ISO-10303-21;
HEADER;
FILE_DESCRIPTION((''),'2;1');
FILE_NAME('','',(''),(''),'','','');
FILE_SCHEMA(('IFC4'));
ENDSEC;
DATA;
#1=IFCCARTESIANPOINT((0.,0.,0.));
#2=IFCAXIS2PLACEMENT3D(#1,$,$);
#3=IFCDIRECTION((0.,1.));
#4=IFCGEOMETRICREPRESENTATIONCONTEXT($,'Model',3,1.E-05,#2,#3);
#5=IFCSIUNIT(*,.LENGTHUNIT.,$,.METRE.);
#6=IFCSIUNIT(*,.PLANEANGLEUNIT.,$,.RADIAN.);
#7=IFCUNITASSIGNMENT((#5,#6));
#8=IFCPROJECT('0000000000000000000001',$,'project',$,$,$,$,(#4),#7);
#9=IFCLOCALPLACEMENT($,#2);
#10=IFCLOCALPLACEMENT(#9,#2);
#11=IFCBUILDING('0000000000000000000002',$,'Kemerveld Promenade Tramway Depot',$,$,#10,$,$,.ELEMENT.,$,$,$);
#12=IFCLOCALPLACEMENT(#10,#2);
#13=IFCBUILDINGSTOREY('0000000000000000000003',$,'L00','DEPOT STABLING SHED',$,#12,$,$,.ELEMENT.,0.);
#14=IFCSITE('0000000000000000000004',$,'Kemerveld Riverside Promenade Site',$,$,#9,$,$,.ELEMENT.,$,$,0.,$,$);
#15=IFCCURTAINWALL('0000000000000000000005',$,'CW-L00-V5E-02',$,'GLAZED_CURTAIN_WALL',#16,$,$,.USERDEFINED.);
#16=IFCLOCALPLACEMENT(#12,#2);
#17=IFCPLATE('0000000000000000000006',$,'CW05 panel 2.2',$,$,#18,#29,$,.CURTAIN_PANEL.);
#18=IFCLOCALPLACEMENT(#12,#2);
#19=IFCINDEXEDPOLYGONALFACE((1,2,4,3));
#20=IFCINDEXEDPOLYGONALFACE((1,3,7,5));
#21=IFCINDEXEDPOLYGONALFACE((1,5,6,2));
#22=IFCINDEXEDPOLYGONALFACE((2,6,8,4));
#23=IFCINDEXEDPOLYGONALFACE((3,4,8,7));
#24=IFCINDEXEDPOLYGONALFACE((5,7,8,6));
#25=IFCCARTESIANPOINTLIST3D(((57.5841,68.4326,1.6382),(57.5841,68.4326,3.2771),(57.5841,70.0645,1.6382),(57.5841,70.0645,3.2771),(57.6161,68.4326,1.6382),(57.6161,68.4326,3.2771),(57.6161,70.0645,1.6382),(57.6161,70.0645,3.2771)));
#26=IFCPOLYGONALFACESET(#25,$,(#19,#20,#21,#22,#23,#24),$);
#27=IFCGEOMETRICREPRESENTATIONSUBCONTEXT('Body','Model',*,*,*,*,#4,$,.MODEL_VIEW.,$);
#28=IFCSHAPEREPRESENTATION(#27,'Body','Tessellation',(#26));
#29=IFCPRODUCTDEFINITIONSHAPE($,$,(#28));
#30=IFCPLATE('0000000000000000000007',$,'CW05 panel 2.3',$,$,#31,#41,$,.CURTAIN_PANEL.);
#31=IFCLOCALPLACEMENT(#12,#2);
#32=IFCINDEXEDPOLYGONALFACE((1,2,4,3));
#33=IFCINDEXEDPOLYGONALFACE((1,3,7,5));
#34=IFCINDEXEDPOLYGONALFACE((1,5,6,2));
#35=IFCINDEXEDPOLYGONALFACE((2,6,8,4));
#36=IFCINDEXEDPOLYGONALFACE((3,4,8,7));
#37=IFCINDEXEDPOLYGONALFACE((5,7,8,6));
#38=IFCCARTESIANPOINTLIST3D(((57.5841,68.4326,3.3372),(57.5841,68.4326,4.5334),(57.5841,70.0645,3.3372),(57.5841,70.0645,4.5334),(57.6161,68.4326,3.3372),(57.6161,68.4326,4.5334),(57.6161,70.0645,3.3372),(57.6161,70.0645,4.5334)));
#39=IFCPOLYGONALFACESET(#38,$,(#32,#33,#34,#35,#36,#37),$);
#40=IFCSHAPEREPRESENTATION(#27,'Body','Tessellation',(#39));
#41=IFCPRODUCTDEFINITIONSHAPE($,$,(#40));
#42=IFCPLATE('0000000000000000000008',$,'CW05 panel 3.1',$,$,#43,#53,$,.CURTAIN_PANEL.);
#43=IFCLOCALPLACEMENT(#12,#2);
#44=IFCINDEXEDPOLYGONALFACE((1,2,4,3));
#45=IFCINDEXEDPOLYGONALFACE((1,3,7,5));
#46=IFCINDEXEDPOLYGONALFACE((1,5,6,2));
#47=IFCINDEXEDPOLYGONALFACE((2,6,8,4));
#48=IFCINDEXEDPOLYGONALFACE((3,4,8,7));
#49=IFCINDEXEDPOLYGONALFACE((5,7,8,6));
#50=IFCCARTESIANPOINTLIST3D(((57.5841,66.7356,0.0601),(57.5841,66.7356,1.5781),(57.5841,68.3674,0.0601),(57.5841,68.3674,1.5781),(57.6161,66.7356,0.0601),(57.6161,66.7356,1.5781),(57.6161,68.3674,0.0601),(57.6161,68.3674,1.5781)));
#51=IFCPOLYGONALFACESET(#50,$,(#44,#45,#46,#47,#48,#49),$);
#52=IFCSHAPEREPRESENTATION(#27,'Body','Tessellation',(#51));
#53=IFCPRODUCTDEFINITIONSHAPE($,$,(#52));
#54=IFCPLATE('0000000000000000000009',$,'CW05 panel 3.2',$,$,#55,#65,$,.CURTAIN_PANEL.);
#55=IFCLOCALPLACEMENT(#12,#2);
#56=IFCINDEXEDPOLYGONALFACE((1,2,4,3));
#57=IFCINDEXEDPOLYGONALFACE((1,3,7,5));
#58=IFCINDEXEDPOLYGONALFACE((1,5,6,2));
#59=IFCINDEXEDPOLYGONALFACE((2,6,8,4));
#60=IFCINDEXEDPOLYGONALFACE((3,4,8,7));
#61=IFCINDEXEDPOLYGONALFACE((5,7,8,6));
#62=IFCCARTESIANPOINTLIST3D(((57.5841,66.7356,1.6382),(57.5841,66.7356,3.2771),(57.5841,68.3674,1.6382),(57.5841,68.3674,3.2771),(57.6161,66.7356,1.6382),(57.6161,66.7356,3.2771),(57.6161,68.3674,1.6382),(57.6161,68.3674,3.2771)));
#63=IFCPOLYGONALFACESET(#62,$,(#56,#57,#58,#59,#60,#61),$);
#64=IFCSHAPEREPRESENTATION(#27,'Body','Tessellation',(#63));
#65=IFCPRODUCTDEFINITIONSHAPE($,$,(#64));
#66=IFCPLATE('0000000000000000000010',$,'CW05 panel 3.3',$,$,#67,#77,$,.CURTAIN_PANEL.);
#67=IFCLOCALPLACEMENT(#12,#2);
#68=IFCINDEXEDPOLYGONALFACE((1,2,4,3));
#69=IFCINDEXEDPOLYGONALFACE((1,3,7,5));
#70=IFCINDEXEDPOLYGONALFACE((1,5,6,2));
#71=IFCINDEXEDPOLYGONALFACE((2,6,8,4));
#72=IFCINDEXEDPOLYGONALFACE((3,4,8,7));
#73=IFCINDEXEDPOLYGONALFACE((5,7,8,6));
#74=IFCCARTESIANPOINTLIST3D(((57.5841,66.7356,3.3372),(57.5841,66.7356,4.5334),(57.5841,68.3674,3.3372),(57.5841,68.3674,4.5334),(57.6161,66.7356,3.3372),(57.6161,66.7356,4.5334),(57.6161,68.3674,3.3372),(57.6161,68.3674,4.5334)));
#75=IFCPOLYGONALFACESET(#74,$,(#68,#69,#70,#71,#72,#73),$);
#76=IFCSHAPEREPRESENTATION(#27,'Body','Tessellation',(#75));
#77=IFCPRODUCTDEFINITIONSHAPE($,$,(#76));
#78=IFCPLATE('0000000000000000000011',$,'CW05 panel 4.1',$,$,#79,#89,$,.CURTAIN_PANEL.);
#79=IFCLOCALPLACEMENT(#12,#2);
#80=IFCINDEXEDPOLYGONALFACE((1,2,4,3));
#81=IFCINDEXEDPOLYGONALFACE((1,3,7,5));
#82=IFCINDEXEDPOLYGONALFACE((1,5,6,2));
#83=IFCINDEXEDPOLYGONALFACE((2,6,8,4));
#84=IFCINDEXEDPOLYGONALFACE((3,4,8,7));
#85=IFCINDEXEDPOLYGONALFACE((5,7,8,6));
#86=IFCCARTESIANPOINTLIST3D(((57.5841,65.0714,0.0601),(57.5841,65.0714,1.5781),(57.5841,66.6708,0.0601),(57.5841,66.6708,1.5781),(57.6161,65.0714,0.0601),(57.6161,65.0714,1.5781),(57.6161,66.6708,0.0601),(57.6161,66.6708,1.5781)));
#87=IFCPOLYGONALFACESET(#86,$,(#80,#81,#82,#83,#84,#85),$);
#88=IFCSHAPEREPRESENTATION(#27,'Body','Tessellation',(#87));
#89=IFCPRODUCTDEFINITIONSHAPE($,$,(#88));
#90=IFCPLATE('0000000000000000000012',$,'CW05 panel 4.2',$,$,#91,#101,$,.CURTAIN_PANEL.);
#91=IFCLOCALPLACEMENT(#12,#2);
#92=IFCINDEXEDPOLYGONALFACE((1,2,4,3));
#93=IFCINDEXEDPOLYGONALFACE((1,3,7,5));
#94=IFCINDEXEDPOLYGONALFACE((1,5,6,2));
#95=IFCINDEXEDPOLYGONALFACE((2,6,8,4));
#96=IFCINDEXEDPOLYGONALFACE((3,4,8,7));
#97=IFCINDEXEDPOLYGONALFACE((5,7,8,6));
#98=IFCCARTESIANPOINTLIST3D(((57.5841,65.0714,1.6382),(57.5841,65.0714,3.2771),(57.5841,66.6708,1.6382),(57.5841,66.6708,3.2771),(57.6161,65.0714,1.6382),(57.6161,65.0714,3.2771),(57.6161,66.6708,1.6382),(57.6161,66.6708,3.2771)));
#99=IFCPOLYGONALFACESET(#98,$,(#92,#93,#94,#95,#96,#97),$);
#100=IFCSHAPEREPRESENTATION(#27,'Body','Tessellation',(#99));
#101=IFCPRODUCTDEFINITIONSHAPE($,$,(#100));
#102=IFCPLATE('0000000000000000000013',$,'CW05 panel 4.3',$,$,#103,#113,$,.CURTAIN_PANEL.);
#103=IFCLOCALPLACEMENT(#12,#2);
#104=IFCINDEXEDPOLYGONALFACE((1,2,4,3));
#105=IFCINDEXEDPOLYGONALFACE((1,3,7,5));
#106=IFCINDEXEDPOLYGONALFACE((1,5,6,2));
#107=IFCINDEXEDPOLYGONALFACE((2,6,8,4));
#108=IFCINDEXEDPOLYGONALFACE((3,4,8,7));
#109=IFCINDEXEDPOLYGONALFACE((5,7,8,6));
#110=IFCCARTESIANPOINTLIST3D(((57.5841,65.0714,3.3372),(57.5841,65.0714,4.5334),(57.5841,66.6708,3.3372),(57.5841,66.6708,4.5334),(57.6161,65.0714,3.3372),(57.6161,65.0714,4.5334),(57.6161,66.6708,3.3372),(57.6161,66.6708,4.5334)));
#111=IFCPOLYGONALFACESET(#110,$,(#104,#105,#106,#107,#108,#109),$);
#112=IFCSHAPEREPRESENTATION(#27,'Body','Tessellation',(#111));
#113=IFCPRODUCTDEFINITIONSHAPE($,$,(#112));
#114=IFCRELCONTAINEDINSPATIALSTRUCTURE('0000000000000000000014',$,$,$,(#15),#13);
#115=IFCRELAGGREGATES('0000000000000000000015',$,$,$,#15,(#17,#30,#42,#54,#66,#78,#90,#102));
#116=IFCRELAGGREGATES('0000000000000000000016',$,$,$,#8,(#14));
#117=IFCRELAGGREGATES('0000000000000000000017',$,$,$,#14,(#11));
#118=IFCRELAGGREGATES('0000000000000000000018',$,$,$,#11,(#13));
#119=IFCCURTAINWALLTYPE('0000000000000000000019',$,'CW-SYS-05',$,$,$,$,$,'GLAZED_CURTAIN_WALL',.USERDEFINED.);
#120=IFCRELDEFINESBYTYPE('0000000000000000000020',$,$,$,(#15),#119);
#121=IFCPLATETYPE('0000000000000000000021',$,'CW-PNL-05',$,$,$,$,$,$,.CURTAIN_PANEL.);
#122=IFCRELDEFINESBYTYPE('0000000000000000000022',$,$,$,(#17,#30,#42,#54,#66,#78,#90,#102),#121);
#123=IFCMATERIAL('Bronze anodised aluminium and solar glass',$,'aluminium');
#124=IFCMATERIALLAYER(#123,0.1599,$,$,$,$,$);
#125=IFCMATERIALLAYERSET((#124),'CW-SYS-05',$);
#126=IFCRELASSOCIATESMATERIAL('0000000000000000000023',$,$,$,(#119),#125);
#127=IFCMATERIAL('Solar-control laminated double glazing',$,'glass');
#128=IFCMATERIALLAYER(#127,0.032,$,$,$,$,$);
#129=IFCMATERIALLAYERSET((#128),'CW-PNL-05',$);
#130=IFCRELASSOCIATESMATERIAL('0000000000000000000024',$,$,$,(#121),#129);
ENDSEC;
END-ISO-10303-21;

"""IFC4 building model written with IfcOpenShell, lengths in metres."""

from ifc_helpers import new_model, si_unit, direction, frame, origin, origin_2d, place, context, subcontext, project, spatial, rectangle, extrude, material, layer, layer_set, type_object, element, aggregate, save


model = new_model("IFC4")

# Units and contexts
model_context = context("Model", 3, precision=1e-05, world=origin(), true_north=direction((0.0, 1.0)))
body_context = subcontext(model_context, "Body", "Model", "MODEL_VIEW")
ifc_project = project(units=[si_unit("LENGTHUNIT", "METRE"), si_unit("PLANEANGLEUNIT", "RADIAN")], contexts=[model_context])

# Site, building, storey
site_placement = place(None, origin())
site = spatial("IfcSite", under=ifc_project, at=site_placement, Name="Kemerveld Riverside Promenade Site", CompositionType="ELEMENT", RefElevation=0.0)
building_placement = place(site_placement, origin())
building = spatial("IfcBuilding", under=site, at=building_placement, Name="Kemerveld Promenade Tramway Depot", CompositionType="ELEMENT")
storey_placement = place(building_placement, origin())
storey = spatial("IfcBuildingStorey", under=building, at=storey_placement, Name="L00", Description="DEPOT STABLING SHED", CompositionType="ELEMENT", Elevation=0.0)

# Curtain wall, plates
ifc_material_1 = material(Name="Bronze anodised aluminium and solar glass", Category="aluminium")
ifc_layer_1 = layer(ifc_material_1, 0.1599)
ifc_layer_set_1 = layer_set([ifc_layer_1], Name="CW-SYS-05")
curtain_wall_type = type_object("IfcCurtainWallType", Name="CW-SYS-05", ElementType="GLAZED_CURTAIN_WALL", PredefinedType="USERDEFINED", material=ifc_layer_set_1)
curtain_wall_placement = place(storey_placement, origin())
curtain_wall = element("IfcCurtainWall", 1, at=curtain_wall_placement, inside=storey, type_object=curtain_wall_type, Name="CW-L00-V5E-02", ObjectType="GLAZED_CURTAIN_WALL", PredefinedType="USERDEFINED")
ifc_material_2 = material(Name="Solar-control laminated double glazing", Category="glass")
ifc_layer_2 = layer(ifc_material_2, 0.032)
ifc_layer_set_2 = layer_set([ifc_layer_2], Name="CW-PNL-05")
plate_type = type_object("IfcPlateType", Name="CW-PNL-05", PredefinedType="CURTAIN_PANEL", material=ifc_layer_set_2)
plate_1_placement = place(storey_placement, frame((57.6001, 69.2485, 1.6382), z_axis=(0.0, 0.0, 1.0), x_axis=(0.0, -1.0, 0.0)))
plate_1 = element("IfcPlate", 2, at=plate_1_placement, type_object=plate_type, Name="CW05 panel 2.2", PredefinedType="CURTAIN_PANEL", context=body_context, shape_type="SweptSolid", body=[
    extrude(rectangle(XDim=1.6318, YDim=0.032, at=origin_2d()), origin(), (0.0, 0.0, 1.0), 1.6389),
])
plate_2_placement = place(storey_placement, frame((57.6001, 69.2485, 3.3372), z_axis=(0.0, 0.0, 1.0), x_axis=(0.0, -1.0, 0.0)))
plate_2 = element("IfcPlate", 3, at=plate_2_placement, type_object=plate_type, Name="CW05 panel 2.3", PredefinedType="CURTAIN_PANEL", context=body_context, shape_type="SweptSolid", body=[
    extrude(rectangle(XDim=1.6318, YDim=0.032, at=origin_2d()), origin(), (0.0, 0.0, 1.0), 1.1963),
])
plate_3_placement = place(storey_placement, frame((57.6001, 67.5515, 0.0601), z_axis=(0.0, 0.0, 1.0), x_axis=(0.0, -1.0, 0.0)))
plate_3 = element("IfcPlate", 4, at=plate_3_placement, type_object=plate_type, Name="CW05 panel 3.1", PredefinedType="CURTAIN_PANEL", context=body_context, shape_type="SweptSolid", body=[
    extrude(rectangle(XDim=1.6318, YDim=0.032, at=origin_2d()), origin(), (0.0, 0.0, 1.0), 1.5181),
])
plate_4_placement = place(storey_placement, frame((57.6001, 67.5515, 1.6382), z_axis=(0.0, 0.0, 1.0), x_axis=(0.0, -1.0, 0.0)))
plate_4 = element("IfcPlate", 5, at=plate_4_placement, type_object=plate_type, Name="CW05 panel 3.2", PredefinedType="CURTAIN_PANEL", context=body_context, shape_type="SweptSolid", body=[
    extrude(rectangle(XDim=1.6318, YDim=0.032, at=origin_2d()), origin(), (0.0, 0.0, 1.0), 1.6389),
])
plate_5_placement = place(storey_placement, frame((57.6001, 67.5515, 3.3372), z_axis=(0.0, 0.0, 1.0), x_axis=(0.0, -1.0, 0.0)))
plate_5 = element("IfcPlate", 6, at=plate_5_placement, type_object=plate_type, Name="CW05 panel 3.3", PredefinedType="CURTAIN_PANEL", context=body_context, shape_type="SweptSolid", body=[
    extrude(rectangle(XDim=1.6318, YDim=0.032, at=origin_2d()), origin(), (0.0, 0.0, 1.0), 1.1963),
])
plate_6_placement = place(storey_placement, frame((57.6001, 65.8711, 0.0601), z_axis=(0.0, 0.0, 1.0), x_axis=(0.0, -1.0, 0.0)))
plate_6 = element("IfcPlate", 7, at=plate_6_placement, type_object=plate_type, Name="CW05 panel 4.1", PredefinedType="CURTAIN_PANEL", context=body_context, shape_type="SweptSolid", body=[
    extrude(rectangle(XDim=1.5994, YDim=0.032, at=origin_2d()), origin(), (0.0, 0.0, 1.0), 1.5181),
])
plate_7_placement = place(storey_placement, frame((57.6001, 65.8711, 1.6382), z_axis=(0.0, 0.0, 1.0), x_axis=(0.0, -1.0, 0.0)))
plate_7 = element("IfcPlate", 8, at=plate_7_placement, type_object=plate_type, Name="CW05 panel 4.2", PredefinedType="CURTAIN_PANEL", context=body_context, shape_type="SweptSolid", body=[
    extrude(rectangle(XDim=1.5994, YDim=0.032, at=origin_2d()), origin(), (0.0, 0.0, 1.0), 1.6389),
])
plate_8_placement = place(storey_placement, frame((57.6001, 65.8711, 3.3372), z_axis=(0.0, 0.0, 1.0), x_axis=(0.0, -1.0, 0.0)))
plate_8 = element("IfcPlate", 9, at=plate_8_placement, type_object=plate_type, Name="CW05 panel 4.3", PredefinedType="CURTAIN_PANEL", context=body_context, shape_type="SweptSolid", body=[
    extrude(rectangle(XDim=1.5994, YDim=0.032, at=origin_2d()), origin(), (0.0, 0.0, 1.0), 1.1963),
])
aggregate(curtain_wall, [plate_1, plate_2, plate_3, plate_4, plate_5, plate_6, plate_7, plate_8])

save(model, "model.ifc")
